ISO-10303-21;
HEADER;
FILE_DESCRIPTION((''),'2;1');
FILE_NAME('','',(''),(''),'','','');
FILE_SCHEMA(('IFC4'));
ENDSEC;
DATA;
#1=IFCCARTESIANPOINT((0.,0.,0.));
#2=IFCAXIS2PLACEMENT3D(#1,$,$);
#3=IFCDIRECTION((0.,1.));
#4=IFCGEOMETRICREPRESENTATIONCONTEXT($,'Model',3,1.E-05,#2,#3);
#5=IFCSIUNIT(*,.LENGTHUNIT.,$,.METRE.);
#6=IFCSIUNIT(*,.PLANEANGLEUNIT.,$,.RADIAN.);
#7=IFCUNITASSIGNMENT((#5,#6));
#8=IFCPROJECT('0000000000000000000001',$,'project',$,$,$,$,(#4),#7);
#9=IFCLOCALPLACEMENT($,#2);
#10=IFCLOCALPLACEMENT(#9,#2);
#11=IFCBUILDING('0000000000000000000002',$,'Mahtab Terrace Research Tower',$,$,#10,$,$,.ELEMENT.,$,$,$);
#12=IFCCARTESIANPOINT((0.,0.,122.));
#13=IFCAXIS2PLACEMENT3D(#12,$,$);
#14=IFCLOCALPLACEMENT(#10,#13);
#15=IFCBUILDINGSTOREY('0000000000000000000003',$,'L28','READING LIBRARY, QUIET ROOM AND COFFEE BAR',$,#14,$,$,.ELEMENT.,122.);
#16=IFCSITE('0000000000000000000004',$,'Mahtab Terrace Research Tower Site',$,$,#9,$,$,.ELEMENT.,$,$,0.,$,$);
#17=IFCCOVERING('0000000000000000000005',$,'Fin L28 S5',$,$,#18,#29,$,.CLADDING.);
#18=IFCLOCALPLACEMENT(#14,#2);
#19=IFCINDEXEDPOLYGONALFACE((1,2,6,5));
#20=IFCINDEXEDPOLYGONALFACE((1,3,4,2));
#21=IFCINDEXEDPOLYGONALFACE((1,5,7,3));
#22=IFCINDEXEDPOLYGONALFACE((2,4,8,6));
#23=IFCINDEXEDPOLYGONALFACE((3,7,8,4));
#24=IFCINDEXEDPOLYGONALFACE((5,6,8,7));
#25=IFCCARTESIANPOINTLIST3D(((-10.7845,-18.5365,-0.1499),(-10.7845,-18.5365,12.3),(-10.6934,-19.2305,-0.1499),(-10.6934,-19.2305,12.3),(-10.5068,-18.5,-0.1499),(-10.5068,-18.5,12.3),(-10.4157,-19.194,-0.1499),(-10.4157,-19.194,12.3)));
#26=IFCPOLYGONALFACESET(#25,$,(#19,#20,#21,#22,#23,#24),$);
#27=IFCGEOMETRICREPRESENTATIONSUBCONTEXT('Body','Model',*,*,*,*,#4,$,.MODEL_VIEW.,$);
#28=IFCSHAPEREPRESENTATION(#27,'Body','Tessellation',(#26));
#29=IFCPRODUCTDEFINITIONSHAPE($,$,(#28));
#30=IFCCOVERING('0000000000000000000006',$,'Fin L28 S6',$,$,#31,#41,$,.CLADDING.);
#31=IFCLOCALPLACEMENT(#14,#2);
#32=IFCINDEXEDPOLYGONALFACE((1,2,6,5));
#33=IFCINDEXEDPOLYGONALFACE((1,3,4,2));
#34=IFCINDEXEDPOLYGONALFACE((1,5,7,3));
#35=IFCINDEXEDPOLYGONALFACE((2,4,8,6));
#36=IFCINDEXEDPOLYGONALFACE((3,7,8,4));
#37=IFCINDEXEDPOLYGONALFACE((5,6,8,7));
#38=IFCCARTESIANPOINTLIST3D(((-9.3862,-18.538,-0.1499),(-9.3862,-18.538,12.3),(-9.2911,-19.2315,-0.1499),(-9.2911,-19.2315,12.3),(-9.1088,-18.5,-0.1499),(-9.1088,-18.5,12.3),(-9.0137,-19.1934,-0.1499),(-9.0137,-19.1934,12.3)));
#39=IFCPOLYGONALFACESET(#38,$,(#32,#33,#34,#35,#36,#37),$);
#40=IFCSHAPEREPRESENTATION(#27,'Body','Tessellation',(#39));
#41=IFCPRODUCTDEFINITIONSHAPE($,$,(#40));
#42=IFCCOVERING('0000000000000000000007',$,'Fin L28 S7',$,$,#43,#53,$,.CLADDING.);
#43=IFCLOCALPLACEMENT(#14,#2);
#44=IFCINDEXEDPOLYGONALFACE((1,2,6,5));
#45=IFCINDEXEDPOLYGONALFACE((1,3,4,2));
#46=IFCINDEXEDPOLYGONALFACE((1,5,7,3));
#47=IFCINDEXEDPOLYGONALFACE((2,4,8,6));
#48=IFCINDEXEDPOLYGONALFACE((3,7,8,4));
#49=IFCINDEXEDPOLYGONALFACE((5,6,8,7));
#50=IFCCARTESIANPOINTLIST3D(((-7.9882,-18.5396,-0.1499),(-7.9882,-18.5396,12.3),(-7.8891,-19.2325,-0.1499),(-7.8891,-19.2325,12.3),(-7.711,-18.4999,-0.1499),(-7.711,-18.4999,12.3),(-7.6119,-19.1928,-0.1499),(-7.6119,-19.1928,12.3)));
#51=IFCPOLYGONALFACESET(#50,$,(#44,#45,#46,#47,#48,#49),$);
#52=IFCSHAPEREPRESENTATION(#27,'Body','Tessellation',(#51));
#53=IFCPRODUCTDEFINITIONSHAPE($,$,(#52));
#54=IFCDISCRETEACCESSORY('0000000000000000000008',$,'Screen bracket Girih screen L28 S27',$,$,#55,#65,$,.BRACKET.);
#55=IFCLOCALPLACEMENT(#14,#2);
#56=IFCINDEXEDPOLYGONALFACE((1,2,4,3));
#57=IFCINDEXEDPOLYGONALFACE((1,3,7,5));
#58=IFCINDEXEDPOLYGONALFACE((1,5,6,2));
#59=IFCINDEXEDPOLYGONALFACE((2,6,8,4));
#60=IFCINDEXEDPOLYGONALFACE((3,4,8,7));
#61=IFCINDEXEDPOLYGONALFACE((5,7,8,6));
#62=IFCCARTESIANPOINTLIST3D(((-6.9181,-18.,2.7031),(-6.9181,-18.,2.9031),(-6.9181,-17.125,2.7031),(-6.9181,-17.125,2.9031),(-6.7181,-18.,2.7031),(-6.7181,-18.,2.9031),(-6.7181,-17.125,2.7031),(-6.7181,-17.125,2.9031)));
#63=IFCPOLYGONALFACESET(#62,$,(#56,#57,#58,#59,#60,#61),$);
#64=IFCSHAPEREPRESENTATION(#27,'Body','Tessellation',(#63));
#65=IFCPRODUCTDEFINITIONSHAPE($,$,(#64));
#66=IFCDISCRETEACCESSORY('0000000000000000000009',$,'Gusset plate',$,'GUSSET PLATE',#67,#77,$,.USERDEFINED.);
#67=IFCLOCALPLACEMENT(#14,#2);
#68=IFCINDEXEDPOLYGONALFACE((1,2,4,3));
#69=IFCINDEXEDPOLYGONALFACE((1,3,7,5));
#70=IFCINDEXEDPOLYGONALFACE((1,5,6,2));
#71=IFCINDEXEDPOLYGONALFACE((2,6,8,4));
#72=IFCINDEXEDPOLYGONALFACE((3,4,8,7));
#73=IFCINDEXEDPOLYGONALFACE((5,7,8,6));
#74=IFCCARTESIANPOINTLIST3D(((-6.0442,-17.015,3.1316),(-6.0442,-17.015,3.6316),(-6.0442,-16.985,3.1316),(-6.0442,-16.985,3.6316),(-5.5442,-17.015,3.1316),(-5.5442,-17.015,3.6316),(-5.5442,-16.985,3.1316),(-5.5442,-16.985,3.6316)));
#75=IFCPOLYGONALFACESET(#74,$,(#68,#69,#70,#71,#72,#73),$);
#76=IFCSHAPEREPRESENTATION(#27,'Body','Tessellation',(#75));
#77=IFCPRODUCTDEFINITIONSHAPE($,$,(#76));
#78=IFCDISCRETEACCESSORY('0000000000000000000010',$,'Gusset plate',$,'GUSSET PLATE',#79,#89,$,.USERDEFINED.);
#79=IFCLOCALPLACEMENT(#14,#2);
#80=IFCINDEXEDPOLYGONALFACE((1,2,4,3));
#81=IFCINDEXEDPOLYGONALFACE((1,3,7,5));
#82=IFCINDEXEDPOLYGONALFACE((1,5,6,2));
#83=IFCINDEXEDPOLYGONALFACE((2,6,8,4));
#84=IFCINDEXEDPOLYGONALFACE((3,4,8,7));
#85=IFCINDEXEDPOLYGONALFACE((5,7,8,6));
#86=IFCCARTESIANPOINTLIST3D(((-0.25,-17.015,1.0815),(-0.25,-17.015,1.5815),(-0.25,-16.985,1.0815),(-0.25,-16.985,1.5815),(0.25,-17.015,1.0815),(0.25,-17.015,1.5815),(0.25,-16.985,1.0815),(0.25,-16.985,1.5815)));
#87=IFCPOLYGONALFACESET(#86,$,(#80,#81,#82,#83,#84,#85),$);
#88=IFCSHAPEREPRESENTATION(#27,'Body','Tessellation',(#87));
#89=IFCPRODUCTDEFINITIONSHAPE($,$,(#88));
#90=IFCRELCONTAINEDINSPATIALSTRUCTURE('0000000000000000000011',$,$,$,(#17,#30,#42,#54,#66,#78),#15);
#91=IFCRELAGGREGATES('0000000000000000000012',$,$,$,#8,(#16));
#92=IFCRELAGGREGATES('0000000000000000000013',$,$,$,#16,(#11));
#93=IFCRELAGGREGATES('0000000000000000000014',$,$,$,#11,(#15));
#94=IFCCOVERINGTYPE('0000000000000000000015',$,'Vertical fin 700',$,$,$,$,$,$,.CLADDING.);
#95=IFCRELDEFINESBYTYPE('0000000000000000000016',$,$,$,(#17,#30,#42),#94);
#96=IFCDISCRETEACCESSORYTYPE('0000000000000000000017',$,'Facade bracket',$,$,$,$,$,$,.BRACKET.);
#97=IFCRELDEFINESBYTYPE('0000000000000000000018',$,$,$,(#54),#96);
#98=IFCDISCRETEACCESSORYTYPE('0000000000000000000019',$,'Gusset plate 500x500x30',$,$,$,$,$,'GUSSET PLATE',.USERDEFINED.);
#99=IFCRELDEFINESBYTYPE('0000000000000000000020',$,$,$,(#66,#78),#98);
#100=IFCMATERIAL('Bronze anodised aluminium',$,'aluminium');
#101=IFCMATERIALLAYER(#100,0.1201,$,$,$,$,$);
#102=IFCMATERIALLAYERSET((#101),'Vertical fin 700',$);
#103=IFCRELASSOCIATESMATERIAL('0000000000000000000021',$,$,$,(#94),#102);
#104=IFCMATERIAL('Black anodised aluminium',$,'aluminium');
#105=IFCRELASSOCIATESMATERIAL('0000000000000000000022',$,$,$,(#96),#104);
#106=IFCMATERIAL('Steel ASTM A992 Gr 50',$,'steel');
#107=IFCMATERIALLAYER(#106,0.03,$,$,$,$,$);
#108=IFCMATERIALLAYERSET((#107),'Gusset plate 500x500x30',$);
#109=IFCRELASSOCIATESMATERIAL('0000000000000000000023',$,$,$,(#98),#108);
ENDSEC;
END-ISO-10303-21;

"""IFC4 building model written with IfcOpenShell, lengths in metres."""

from ifc_helpers import new_model, si_unit, direction, frame, origin, origin_2d, place, context, subcontext, project, spatial, rectangle, extrude, material, layer, layer_set, type_object, element, save


model = new_model("IFC4")

# Units and contexts
model_context = context("Model", 3, precision=1e-05, world=origin(), true_north=direction((0.0, 1.0)))
body_context = subcontext(model_context, "Body", "Model", "MODEL_VIEW")
ifc_project = project(units=[si_unit("LENGTHUNIT", "METRE"), si_unit("PLANEANGLEUNIT", "RADIAN")], contexts=[model_context])

# Site, building, storey
site_placement = place(None, origin())
site = spatial("IfcSite", under=ifc_project, at=site_placement, Name="Mahtab Terrace Research Tower Site", CompositionType="ELEMENT", RefElevation=0.0)
building_placement = place(site_placement, origin())
building = spatial("IfcBuilding", under=site, at=building_placement, Name="Mahtab Terrace Research Tower", CompositionType="ELEMENT")
storey_placement = place(building_placement, frame((0.0, 0.0, 122.0)))
storey = spatial("IfcBuildingStorey", under=building, at=storey_placement, Name="L28", Description="READING LIBRARY, QUIET ROOM AND COFFEE BAR", CompositionType="ELEMENT", Elevation=122.0)

# Shared definitions
ifc_material_1 = material(Name="Steel ASTM A992 Gr 50", Category="steel")

# Coverings
ifc_material_2 = material(Name="Bronze anodised aluminium", Category="aluminium")
ifc_layer_1 = layer(ifc_material_2, 0.1201)
ifc_layer_set_1 = layer_set([ifc_layer_1], Name="Vertical fin 700")
covering_type_1 = type_object("IfcCoveringType", Name="Vertical fin 700", PredefinedType="CLADDING", material=ifc_layer_set_1)
for number, where, z_axis, x_axis, name in (
    (1, (-10.6001, -18.8652, -0.1499), (0.0, 0.0, 1.0), (0.991499, 0.130114, 0.0), "Fin L28 S5"),
    (2, (-9.2, -18.8657, -0.1499), (0.0, 0.0, 1.0), (0.990725, 0.13588, 0.0), "Fin L28 S6"),
    (3, (-7.8, -18.8662, -0.1499), (0.0, 0.0, 1.0), (0.989918, 0.141642, 0.0), "Fin L28 S7"),
):
    element("IfcCovering", number, at=place(storey_placement, frame(where, z_axis=z_axis, x_axis=x_axis)), inside=storey, type_object=covering_type_1, Name=name, PredefinedType="CLADDING", context=body_context, shape_type="SweptSolid", body=[
        extrude(rectangle(XDim=0.28, YDim=0.7, at=origin_2d()), origin(), (0.0, 0.0, 1.0), 12.45),
    ])

# Discrete accessories
ifc_material_3 = material(Name="Black anodised aluminium", Category="aluminium")
discrete_accessory_type_1 = type_object("IfcDiscreteAccessoryType", Name="Facade bracket", PredefinedType="BRACKET", material=ifc_material_3)
discrete_accessory_placement = place(storey_placement, frame((-6.8181, -17.5625, 2.7031), z_axis=(0.0, 0.0, 1.0), x_axis=(1.0, 0.0, 0.0)))
element("IfcDiscreteAccessory", 4, at=discrete_accessory_placement, inside=storey, type_object=discrete_accessory_type_1, Name="Screen bracket Girih screen L28 S27", PredefinedType="BRACKET", context=body_context, shape_type="SweptSolid", body=[
    extrude(rectangle(XDim=0.2, YDim=0.875, at=origin_2d()), origin(), (0.0, 0.0, 1.0), 0.2),
])
ifc_layer_2 = layer(ifc_material_1, 0.03)
ifc_layer_set_2 = layer_set([ifc_layer_2], Name="Gusset plate 500x500x30")
discrete_accessory_type_2 = type_object("IfcDiscreteAccessoryType", Name="Gusset plate 500x500x30", ElementType="GUSSET PLATE", PredefinedType="USERDEFINED", material=ifc_layer_set_2)
for number, where, z_axis, x_axis, name in (
    (5, (-5.7942, -17.0, 3.1316), (0.0, 0.0, 1.0), (1.0, 0.0, 0.0), "Gusset plate"),
    (6, (0.0, -17.0, 1.0815), (0.0, 0.0, 1.0), (1.0, 0.0, 0.0), "Gusset plate"),
):
    element("IfcDiscreteAccessory", number, at=place(storey_placement, frame(where, z_axis=z_axis, x_axis=x_axis)), inside=storey, type_object=discrete_accessory_type_2, Name=name, ObjectType="GUSSET PLATE", PredefinedType="USERDEFINED", context=body_context, shape_type="SweptSolid", body=[
        extrude(rectangle(XDim=0.5, YDim=0.03, at=origin_2d()), origin(), (0.0, 0.0, 1.0), 0.5),
    ])

save(model, "model.ifc")
